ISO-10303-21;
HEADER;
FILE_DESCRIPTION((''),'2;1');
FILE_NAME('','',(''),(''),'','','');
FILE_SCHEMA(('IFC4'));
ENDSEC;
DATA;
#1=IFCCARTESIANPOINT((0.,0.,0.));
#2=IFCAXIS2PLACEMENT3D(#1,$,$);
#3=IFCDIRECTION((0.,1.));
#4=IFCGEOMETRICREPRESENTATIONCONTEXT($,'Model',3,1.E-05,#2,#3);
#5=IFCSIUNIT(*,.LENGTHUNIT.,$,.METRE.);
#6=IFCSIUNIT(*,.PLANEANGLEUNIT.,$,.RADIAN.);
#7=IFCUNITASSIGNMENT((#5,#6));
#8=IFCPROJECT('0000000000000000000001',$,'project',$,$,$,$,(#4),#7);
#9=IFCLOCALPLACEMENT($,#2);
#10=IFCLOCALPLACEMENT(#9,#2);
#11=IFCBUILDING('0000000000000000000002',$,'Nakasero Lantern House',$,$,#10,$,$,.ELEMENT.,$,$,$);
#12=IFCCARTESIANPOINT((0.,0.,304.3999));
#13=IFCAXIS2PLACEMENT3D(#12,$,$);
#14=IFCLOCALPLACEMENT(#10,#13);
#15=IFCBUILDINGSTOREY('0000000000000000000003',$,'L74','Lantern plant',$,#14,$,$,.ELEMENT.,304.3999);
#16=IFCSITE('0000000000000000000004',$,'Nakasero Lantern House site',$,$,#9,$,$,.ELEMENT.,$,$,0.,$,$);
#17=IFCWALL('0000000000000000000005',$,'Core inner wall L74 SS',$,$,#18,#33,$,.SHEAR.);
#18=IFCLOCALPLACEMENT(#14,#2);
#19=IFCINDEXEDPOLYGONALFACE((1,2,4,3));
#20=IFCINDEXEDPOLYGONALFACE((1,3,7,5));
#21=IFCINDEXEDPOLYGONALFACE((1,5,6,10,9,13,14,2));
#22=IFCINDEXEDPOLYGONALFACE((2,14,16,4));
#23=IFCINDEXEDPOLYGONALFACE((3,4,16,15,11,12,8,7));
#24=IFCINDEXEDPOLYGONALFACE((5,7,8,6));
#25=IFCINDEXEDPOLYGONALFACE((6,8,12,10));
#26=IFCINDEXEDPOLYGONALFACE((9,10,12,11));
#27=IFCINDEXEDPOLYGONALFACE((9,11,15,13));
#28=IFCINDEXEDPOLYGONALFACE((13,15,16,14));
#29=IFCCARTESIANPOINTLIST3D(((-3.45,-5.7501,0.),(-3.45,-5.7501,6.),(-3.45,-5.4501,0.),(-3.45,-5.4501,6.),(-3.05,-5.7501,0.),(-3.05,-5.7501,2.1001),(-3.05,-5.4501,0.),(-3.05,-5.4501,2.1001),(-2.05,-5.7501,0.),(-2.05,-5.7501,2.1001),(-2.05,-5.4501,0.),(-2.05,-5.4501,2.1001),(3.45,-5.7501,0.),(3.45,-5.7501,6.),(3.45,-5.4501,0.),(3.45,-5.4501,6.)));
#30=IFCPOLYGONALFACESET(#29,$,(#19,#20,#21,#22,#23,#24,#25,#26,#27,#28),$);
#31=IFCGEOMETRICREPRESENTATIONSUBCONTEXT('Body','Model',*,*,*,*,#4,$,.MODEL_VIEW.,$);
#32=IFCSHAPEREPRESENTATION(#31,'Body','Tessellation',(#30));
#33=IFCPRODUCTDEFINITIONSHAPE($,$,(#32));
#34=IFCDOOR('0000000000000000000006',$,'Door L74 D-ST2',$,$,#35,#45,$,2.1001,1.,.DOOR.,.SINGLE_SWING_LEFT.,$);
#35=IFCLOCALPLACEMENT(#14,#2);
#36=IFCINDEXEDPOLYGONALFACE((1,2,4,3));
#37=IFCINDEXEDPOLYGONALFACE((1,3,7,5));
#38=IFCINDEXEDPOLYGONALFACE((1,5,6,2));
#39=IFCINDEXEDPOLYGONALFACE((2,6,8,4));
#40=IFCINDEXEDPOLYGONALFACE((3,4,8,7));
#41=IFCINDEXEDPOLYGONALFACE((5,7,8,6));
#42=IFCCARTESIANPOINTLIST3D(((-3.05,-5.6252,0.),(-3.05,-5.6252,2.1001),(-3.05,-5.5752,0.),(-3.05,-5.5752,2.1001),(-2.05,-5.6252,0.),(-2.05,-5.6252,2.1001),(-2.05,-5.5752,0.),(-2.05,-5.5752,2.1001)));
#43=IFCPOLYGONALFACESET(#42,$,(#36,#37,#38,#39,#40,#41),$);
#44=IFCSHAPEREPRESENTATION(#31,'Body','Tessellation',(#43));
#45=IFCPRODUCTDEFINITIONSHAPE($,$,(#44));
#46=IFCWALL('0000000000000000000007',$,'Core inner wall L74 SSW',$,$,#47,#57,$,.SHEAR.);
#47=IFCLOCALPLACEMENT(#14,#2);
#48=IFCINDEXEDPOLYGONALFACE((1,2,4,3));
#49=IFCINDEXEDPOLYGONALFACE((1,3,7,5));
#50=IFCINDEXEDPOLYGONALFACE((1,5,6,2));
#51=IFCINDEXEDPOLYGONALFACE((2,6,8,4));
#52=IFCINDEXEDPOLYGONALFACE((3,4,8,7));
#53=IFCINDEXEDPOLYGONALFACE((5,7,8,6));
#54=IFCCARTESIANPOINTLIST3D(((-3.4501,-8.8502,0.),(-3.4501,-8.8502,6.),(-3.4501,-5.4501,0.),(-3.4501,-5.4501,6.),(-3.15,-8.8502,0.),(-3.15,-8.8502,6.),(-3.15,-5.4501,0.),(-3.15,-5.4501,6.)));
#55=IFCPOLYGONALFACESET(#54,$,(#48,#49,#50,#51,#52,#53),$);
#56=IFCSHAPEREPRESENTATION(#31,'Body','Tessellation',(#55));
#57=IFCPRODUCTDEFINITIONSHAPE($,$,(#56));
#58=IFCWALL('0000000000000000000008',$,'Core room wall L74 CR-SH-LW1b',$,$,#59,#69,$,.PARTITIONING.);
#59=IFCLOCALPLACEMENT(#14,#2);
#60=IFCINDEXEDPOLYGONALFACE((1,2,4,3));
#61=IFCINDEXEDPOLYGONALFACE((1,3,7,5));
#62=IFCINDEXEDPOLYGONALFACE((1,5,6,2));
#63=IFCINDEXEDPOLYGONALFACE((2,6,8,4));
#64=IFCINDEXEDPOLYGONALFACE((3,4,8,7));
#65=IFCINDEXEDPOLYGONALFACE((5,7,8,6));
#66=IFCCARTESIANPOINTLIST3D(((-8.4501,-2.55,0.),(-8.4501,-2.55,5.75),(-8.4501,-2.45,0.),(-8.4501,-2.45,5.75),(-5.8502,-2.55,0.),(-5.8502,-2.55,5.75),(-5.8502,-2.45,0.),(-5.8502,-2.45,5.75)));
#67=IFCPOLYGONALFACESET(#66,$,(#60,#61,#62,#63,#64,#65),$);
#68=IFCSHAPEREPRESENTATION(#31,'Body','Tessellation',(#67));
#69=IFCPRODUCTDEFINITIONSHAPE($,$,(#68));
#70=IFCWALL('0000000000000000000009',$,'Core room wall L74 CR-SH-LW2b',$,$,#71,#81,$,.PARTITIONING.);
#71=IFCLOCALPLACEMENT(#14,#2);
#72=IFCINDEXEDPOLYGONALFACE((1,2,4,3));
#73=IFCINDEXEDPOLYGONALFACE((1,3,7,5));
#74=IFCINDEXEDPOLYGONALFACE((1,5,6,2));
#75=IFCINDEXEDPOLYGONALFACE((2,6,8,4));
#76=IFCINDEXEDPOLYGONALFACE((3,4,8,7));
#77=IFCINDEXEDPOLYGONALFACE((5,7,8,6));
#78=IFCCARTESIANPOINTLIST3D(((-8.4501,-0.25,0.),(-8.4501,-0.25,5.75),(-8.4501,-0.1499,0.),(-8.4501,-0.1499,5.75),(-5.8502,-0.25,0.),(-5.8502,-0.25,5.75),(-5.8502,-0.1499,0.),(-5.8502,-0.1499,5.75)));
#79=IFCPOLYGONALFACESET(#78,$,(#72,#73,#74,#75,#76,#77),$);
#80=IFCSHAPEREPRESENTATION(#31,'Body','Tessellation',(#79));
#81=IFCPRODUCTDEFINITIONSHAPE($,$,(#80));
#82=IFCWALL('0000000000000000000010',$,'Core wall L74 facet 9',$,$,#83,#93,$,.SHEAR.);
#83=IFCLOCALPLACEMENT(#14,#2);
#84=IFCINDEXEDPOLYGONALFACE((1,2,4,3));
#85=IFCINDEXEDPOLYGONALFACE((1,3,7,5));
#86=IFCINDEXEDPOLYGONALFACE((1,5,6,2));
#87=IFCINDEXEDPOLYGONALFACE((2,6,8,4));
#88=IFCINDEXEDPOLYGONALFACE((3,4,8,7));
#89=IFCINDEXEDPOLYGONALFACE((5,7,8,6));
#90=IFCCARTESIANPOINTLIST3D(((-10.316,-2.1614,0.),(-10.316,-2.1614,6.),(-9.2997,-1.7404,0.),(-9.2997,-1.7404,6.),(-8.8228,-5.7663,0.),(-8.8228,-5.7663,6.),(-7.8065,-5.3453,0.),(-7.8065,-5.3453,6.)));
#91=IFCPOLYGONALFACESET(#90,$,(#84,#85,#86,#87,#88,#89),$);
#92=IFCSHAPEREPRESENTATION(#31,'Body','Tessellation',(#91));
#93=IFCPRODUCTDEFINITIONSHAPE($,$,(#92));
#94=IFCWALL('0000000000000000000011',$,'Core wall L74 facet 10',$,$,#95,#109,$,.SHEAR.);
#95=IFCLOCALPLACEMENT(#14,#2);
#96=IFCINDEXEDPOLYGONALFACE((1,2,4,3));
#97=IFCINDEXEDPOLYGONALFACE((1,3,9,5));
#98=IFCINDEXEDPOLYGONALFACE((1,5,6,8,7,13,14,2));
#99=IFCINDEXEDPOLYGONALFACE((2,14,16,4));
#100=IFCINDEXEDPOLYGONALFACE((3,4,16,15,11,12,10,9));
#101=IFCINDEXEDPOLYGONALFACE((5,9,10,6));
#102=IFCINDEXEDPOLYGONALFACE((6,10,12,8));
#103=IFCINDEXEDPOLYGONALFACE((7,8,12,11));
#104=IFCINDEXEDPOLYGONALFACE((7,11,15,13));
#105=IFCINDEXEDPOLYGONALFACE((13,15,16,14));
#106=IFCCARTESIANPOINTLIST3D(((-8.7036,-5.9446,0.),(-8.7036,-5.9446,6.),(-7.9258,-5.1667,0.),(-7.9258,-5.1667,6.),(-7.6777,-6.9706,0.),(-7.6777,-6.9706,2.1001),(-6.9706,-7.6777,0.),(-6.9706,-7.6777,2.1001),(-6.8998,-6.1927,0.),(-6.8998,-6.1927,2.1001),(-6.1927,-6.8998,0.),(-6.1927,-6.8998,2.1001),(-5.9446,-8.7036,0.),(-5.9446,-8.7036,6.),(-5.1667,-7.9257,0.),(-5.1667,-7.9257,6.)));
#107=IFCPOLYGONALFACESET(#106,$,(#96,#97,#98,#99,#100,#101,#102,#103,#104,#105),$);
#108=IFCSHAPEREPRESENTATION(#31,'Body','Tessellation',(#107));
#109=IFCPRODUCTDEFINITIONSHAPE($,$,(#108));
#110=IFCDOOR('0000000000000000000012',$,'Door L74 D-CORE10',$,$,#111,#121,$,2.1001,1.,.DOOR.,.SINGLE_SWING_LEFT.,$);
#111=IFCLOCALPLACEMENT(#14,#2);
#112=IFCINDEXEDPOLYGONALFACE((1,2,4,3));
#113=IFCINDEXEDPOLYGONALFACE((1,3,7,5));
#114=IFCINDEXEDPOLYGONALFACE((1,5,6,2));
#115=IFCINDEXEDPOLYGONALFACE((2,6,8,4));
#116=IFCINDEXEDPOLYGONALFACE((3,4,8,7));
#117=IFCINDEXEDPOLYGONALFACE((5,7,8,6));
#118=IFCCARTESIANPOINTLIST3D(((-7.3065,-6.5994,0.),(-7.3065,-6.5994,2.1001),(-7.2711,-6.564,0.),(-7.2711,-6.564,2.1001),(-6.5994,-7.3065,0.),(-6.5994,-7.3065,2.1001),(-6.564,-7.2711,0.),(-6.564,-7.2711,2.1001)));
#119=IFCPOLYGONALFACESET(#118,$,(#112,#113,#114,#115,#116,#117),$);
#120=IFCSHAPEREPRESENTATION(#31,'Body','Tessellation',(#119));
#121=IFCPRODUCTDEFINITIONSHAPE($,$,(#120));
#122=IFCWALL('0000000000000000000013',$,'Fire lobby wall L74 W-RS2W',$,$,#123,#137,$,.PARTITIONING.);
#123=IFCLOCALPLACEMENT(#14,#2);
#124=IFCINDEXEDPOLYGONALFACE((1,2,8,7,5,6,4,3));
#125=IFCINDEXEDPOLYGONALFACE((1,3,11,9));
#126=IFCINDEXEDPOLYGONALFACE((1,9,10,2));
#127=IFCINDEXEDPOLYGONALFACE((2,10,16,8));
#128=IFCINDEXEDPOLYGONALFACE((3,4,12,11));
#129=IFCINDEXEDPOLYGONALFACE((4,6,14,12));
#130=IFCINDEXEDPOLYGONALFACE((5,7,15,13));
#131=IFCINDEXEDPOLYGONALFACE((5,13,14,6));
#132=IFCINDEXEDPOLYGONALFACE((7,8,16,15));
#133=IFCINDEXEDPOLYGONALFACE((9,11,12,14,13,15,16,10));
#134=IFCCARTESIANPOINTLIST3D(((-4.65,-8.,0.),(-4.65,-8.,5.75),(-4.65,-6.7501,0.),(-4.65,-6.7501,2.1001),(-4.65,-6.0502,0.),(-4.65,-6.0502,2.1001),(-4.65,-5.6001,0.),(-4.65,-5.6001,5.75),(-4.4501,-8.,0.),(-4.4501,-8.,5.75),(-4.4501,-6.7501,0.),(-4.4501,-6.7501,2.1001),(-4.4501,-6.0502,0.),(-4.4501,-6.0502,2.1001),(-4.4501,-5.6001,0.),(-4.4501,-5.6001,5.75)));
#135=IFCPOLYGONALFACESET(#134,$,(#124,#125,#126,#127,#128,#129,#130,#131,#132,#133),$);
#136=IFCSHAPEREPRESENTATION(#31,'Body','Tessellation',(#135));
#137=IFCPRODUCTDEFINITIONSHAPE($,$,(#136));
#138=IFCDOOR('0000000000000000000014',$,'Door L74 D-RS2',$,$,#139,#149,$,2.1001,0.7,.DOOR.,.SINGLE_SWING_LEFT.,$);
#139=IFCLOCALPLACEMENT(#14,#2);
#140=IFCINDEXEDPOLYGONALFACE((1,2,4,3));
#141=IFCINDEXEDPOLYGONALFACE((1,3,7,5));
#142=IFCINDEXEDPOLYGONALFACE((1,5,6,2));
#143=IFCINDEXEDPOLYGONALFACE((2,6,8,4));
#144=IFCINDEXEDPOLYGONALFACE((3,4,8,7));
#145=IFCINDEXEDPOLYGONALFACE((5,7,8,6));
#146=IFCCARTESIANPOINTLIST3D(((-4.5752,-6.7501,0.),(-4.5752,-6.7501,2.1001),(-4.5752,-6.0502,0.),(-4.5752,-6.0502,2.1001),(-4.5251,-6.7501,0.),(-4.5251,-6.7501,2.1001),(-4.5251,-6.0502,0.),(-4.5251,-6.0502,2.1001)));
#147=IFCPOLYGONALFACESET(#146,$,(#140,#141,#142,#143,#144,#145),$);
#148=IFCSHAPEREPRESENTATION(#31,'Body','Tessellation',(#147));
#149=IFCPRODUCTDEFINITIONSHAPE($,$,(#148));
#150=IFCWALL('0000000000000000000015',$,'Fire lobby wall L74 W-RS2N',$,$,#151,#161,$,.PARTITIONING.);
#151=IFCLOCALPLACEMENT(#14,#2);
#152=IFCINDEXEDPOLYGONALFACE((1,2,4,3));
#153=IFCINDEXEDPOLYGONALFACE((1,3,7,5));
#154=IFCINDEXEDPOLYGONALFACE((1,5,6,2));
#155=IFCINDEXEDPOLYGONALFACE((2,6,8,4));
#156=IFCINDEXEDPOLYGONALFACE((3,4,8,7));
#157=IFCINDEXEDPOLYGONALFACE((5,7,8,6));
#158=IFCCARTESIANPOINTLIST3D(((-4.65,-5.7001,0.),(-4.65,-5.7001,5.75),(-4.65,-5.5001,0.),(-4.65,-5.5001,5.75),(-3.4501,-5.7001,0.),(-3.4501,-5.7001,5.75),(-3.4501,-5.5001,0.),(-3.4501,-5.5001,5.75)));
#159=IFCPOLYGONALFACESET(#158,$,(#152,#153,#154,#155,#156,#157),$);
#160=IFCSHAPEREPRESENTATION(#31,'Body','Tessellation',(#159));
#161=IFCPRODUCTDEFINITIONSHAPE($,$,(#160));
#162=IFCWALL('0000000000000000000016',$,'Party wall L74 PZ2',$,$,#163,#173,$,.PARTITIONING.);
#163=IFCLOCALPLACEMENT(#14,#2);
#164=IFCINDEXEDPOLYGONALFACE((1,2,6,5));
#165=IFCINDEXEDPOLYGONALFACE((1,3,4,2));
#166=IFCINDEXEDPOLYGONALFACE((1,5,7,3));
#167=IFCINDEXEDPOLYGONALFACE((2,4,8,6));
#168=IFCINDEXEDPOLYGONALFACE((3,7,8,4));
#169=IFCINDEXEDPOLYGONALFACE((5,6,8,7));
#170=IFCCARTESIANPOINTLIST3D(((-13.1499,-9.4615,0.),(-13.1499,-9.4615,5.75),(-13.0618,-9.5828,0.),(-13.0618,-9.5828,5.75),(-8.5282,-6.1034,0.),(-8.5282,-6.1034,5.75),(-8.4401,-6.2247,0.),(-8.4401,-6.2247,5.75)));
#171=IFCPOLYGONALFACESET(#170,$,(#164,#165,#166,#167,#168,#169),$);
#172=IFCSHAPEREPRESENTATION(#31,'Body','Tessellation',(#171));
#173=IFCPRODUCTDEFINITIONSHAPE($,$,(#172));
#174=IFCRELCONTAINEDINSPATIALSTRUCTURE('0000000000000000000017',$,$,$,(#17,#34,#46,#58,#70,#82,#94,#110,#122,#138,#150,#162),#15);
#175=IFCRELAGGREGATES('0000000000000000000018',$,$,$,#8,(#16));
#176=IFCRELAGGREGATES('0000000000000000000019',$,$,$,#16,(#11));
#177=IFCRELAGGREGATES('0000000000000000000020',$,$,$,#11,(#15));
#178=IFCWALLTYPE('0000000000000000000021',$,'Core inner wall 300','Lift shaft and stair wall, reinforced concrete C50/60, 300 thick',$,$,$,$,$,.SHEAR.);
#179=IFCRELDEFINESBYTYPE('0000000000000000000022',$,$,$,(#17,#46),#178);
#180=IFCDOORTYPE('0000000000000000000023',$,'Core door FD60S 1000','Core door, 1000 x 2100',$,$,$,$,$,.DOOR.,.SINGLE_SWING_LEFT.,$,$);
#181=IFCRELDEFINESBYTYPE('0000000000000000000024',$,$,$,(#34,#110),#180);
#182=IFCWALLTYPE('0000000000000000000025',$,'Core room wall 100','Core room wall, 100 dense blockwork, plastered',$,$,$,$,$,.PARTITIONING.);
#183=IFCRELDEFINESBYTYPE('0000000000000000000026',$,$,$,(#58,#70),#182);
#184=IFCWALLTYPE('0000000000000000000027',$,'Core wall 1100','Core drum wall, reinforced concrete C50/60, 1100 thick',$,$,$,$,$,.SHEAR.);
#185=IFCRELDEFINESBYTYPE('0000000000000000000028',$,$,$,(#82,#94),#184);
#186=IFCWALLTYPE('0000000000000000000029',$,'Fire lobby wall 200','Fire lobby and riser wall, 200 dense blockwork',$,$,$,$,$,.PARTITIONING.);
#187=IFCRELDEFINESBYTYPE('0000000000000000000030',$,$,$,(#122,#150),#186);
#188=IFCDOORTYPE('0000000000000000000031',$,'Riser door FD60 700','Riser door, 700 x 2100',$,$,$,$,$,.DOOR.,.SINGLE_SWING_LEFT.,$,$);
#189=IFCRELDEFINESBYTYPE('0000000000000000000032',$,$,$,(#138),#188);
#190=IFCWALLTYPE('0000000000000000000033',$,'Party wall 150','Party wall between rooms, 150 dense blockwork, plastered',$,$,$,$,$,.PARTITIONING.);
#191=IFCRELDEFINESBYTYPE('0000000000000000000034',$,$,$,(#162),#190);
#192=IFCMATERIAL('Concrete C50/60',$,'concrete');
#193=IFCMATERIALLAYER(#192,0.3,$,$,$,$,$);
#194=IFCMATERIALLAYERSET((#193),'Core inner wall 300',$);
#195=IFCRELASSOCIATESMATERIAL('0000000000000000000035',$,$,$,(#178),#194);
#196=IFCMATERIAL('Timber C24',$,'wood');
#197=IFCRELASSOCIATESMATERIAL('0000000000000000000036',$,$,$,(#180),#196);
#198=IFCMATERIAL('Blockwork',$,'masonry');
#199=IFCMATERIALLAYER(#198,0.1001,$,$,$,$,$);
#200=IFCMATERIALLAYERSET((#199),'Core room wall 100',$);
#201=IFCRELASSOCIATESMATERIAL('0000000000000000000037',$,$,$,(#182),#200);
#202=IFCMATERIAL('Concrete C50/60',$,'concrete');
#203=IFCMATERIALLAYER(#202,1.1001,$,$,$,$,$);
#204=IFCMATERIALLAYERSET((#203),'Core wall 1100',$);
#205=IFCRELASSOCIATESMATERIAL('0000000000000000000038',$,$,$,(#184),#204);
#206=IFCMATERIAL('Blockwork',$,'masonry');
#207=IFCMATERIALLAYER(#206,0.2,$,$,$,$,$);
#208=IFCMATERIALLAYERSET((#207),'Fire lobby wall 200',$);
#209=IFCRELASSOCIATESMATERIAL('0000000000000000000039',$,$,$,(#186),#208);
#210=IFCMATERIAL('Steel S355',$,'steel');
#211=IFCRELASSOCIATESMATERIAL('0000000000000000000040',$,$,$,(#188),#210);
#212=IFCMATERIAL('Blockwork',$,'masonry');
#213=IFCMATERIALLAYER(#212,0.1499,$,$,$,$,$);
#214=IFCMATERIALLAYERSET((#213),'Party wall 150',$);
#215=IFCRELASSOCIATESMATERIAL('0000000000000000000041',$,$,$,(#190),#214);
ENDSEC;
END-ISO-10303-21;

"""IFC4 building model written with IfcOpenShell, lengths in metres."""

from ifc_helpers import new_model, si_unit, direction, frame, frame_2d, origin, place, context, subcontext, project, spatial, rectangle, extrude, material, layer, layer_set, type_object, element, fill, save


model = new_model("IFC4")

# Units and contexts
model_context = context("Model", 3, precision=1e-05, world=origin(), true_north=direction((0.0, 1.0)))
body_context = subcontext(model_context, "Body", "Model", "MODEL_VIEW")
ifc_project = project(units=[si_unit("LENGTHUNIT", "METRE"), si_unit("PLANEANGLEUNIT", "RADIAN")], contexts=[model_context])

# Site, building, storey
site_placement = place(None, origin())
site = spatial("IfcSite", under=ifc_project, at=site_placement, Name="Nakasero Lantern House site", CompositionType="ELEMENT", RefElevation=0.0)
building_placement = place(site_placement, origin())
building = spatial("IfcBuilding", under=site, at=building_placement, Name="Nakasero Lantern House", CompositionType="ELEMENT")
storey_placement = place(building_placement, frame((0.0, 0.0, 304.3999)))
storey = spatial("IfcBuildingStorey", under=building, at=storey_placement, Name="L74", Description="Lantern plant", CompositionType="ELEMENT", Elevation=304.3999)

# Shared definitions
ifc_material_1 = material(Name="Concrete C50/60", Category="concrete")
ifc_layer_1 = layer(ifc_material_1, 0.3)
ifc_layer_set_1 = layer_set([ifc_layer_1], Name="Core inner wall 300")
wall_type_1 = type_object("IfcWallType", Name="Core inner wall 300", Description="Lift shaft and stair wall, reinforced concrete C50/60, 300 thick", PredefinedType="SHEAR", material=ifc_layer_set_1)

# Wall, opening, door
wall_1_placement = place(storey_placement, frame((-3.45, -5.6001, 0.0), z_axis=(0.0, 0.0, 1.0), x_axis=(1.0, 0.0, 0.0)))
wall_1 = element("IfcWall", 1, at=wall_1_placement, inside=storey, type_object=wall_type_1, Name="Core inner wall L74 SS", PredefinedType="SHEAR", context=body_context, shape_type="SweptSolid", body=[
    extrude(rectangle(XDim=6.8999, YDim=0.3, at=frame_2d((3.45, 0.0))), origin(), (0.0, 0.0, 1.0), 6.0),
])
opening_1_placement = place(wall_1_placement, frame((0.3999, 0.0, 0.0)))
opening_1 = element("IfcOpeningElement", 2, at=opening_1_placement, cuts=wall_1, PredefinedType="OPENING", context=body_context, shape_type="SweptSolid", body=[
    extrude(rectangle(XDim=1.0, YDim=2.1001, at=frame_2d((0.5, 1.05))), frame((0.0, 0.1699, 0.0), z_axis=(0.0, -1.0, 0.0), x_axis=(1.0, 0.0, 0.0)), (0.0, 0.0, 1.0), 0.3401),
])
ifc_material_2 = material(Name="Timber C24", Category="wood")
door_type_1 = type_object("IfcDoorType", Name="Core door FD60S 1000", Description="Core door, 1000 x 2100", OperationType="SINGLE_SWING_LEFT", PredefinedType="DOOR", material=ifc_material_2)
door_1_placement = place(opening_1_placement, origin())
door_1 = element("IfcDoor", 3, at=door_1_placement, inside=storey, type_object=door_type_1, Name="Door L74 D-ST2", OperationType="SINGLE_SWING_LEFT", OverallHeight=2.1001, OverallWidth=1.0, PredefinedType="DOOR", context=body_context, shape_type="SweptSolid", body=[
    extrude(rectangle(XDim=1.0, YDim=2.1001, at=frame_2d((0.5, 1.05))), frame((0.0, 0.0249, 0.0), z_axis=(0.0, -1.0, 0.0), x_axis=(1.0, 0.0, 0.0)), (0.0, 0.0, 1.0), 0.05),
])
fill(opening_1, door_1)

# Walls
wall_2_placement = place(storey_placement, frame((-3.3, -5.45, 0.0), z_axis=(0.0, 0.0, 1.0), x_axis=(0.0, -1.0, 0.0)))
element("IfcWall", 4, at=wall_2_placement, inside=storey, type_object=wall_type_1, Name="Core inner wall L74 SSW", PredefinedType="SHEAR", context=body_context, shape_type="SweptSolid", body=[
    extrude(rectangle(XDim=3.4001, YDim=0.3, at=frame_2d((1.7002, 0.0))), origin(), (0.0, 0.0, 1.0), 6.0),
])
ifc_material_3 = material(Name="Blockwork", Category="masonry")
ifc_layer_2 = layer(ifc_material_3, 0.1001)
ifc_layer_set_2 = layer_set([ifc_layer_2], Name="Core room wall 100")
wall_type_2 = type_object("IfcWallType", Name="Core room wall 100", Description="Core room wall, 100 dense blockwork, plastered", PredefinedType="PARTITIONING", material=ifc_layer_set_2)
for number, where, z_axis, x_axis, name in (
    (5, (-8.45, -2.5, 0.0), (0.0, 0.0, 1.0), (1.0, 0.0, 0.0), "Core room wall L74 CR-SH-LW1b"),
    (6, (-8.45, -0.2, 0.0), (0.0, 0.0, 1.0), (1.0, 0.0, 0.0), "Core room wall L74 CR-SH-LW2b"),
):
    element("IfcWall", number, at=place(storey_placement, frame(where, z_axis=z_axis, x_axis=x_axis)), inside=storey, type_object=wall_type_2, Name=name, PredefinedType="PARTITIONING", context=body_context, shape_type="SweptSolid", body=[
        extrude(rectangle(XDim=2.5999, YDim=0.1001, at=frame_2d((1.2998, 0.0))), origin(), (0.0, 0.0, 1.0), 5.75),
    ])
ifc_material_4 = material(Name="Concrete C50/60", Category="concrete")
ifc_layer_3 = layer(ifc_material_4, 1.1001)
ifc_layer_set_3 = layer_set([ifc_layer_3], Name="Core wall 1100")
wall_type_3 = type_object("IfcWallType", Name="Core wall 1100", Description="Core drum wall, reinforced concrete C50/60, 1100 thick", PredefinedType="SHEAR", material=ifc_layer_set_3)
wall_3_placement = place(storey_placement, frame((-9.8079, -1.9509, 0.0), z_axis=(0.0, 0.0, 1.0), x_axis=(0.382691, -0.923877, 0.0)))
element("IfcWall", 7, at=wall_3_placement, inside=storey, type_object=wall_type_3, Name="Core wall L74 facet 9", PredefinedType="SHEAR", context=body_context, shape_type="SweptSolid", body=[
    extrude(rectangle(XDim=3.9019, YDim=1.1001, at=frame_2d((1.9509, 0.0))), origin(), (0.0, 0.0, 1.0), 6.0),
])

# Walls, openings, doors
wall_4_placement = place(storey_placement, frame((-8.3147, -5.5557, 0.0), z_axis=(0.0, 0.0, 1.0), x_axis=(0.707107, -0.707107, 0.0)))
wall_4 = element("IfcWall", 8, at=wall_4_placement, inside=storey, type_object=wall_type_3, Name="Core wall L74 facet 10", PredefinedType="SHEAR", context=body_context, shape_type="SweptSolid", body=[
    extrude(rectangle(XDim=3.9019, YDim=1.1001, at=frame_2d((1.9509, 0.0))), origin(), (0.0, 0.0, 1.0), 6.0),
])
opening_2_placement = place(wall_4_placement, frame((1.4509, 0.0, 0.0)))
opening_2 = element("IfcOpeningElement", 9, at=opening_2_placement, cuts=wall_4, PredefinedType="OPENING", context=body_context, shape_type="SweptSolid", body=[
    extrude(rectangle(XDim=1.0, YDim=2.1001, at=frame_2d((0.5, 1.05))), frame((0.0, 0.5701, 0.0), z_axis=(0.0, -1.0, 0.0), x_axis=(1.0, 0.0, 0.0)), (0.0, 0.0, 1.0), 1.1401),
])
door_2_placement = place(opening_2_placement, origin())
door_2 = element("IfcDoor", 10, at=door_2_placement, inside=storey, type_object=door_type_1, Name="Door L74 D-CORE10", OperationType="SINGLE_SWING_LEFT", OverallHeight=2.1001, OverallWidth=1.0, PredefinedType="DOOR", context=body_context, shape_type="SweptSolid", body=[
    extrude(rectangle(XDim=1.0, YDim=2.1001, at=frame_2d((0.5, 1.05))), frame((0.0, 0.0249, 0.0), z_axis=(0.0, -1.0, 0.0), x_axis=(1.0, 0.0, 0.0)), (0.0, 0.0, 1.0), 0.05),
])
fill(opening_2, door_2)
ifc_material_5 = material(Name="Blockwork", Category="masonry")
ifc_layer_4 = layer(ifc_material_5, 0.2)
ifc_layer_set_4 = layer_set([ifc_layer_4], Name="Fire lobby wall 200")
wall_type_4 = type_object("IfcWallType", Name="Fire lobby wall 200", Description="Fire lobby and riser wall, 200 dense blockwork", PredefinedType="PARTITIONING", material=ifc_layer_set_4)
wall_5_placement = place(storey_placement, frame((-4.55, -5.6001, 0.0), z_axis=(0.0, 0.0, 1.0), x_axis=(0.0, -1.0, 0.0)))
wall_5 = element("IfcWall", 11, at=wall_5_placement, inside=storey, type_object=wall_type_4, Name="Fire lobby wall L74 W-RS2W", PredefinedType="PARTITIONING", context=body_context, shape_type="SweptSolid", body=[
    extrude(rectangle(XDim=2.3999, YDim=0.2, at=frame_2d((1.2, 0.0))), origin(), (0.0, 0.0, 1.0), 5.75),
])
opening_3_placement = place(wall_5_placement, frame((0.45, 0.0, 0.0)))
opening_3 = element("IfcOpeningElement", 12, at=opening_3_placement, cuts=wall_5, PredefinedType="OPENING", context=body_context, shape_type="SweptSolid", body=[
    extrude(rectangle(XDim=0.7, YDim=2.1001, at=frame_2d((0.3501, 1.05))), frame((0.0, 0.1199, 0.0), z_axis=(0.0, -1.0, 0.0), x_axis=(1.0, 0.0, 0.0)), (0.0, 0.0, 1.0), 0.24),
])
ifc_material_6 = material(Name="Steel S355", Category="steel")
door_type_2 = type_object("IfcDoorType", Name="Riser door FD60 700", Description="Riser door, 700 x 2100", OperationType="SINGLE_SWING_LEFT", PredefinedType="DOOR", material=ifc_material_6)
door_3_placement = place(opening_3_placement, origin())
door_3 = element("IfcDoor", 13, at=door_3_placement, inside=storey, type_object=door_type_2, Name="Door L74 D-RS2", OperationType="SINGLE_SWING_LEFT", OverallHeight=2.1001, OverallWidth=0.7, PredefinedType="DOOR", context=body_context, shape_type="SweptSolid", body=[
    extrude(rectangle(XDim=0.7, YDim=2.1001, at=frame_2d((0.3501, 1.05))), frame((0.0, 0.0249, 0.0), z_axis=(0.0, -1.0, 0.0), x_axis=(1.0, 0.0, 0.0)), (0.0, 0.0, 1.0), 0.05),
])
fill(opening_3, door_3)

# Walls
wall_6_placement = place(storey_placement, frame((-3.45, -5.6001, 0.0), z_axis=(0.0, 0.0, 1.0), x_axis=(-1.0, 0.0, 0.0)))
element("IfcWall", 14, at=wall_6_placement, inside=storey, type_object=wall_type_4, Name="Fire lobby wall L74 W-RS2N", PredefinedType="PARTITIONING", context=body_context, shape_type="SweptSolid", body=[
    extrude(rectangle(XDim=1.2, YDim=0.2, at=frame_2d((0.6001, 0.0))), origin(), (0.0, 0.0, 1.0), 5.75),
])
ifc_material_7 = material(Name="Blockwork", Category="masonry")
ifc_layer_5 = layer(ifc_material_7, 0.1499)
ifc_layer_set_5 = layer_set([ifc_layer_5], Name="Party wall 150")
wall_type_5 = type_object("IfcWallType", Name="Party wall 150", Description="Party wall between rooms, 150 dense blockwork, plastered", PredefinedType="PARTITIONING", material=ifc_layer_set_5)
wall_7_placement = place(storey_placement, frame((-8.4841, -6.1641, 0.0), z_axis=(0.0, 0.0, 1.0), x_axis=(-0.809, -0.587808, 0.0)))
element("IfcWall", 15, at=wall_7_placement, inside=storey, type_object=wall_type_5, Name="Party wall L74 PZ2", PredefinedType="PARTITIONING", context=body_context, shape_type="SweptSolid", body=[
    extrude(rectangle(XDim=5.7129, YDim=0.1499, at=frame_2d((2.8564, 0.0))), origin(), (0.0, 0.0, 1.0), 5.75),
])

save(model, "model.ifc")
